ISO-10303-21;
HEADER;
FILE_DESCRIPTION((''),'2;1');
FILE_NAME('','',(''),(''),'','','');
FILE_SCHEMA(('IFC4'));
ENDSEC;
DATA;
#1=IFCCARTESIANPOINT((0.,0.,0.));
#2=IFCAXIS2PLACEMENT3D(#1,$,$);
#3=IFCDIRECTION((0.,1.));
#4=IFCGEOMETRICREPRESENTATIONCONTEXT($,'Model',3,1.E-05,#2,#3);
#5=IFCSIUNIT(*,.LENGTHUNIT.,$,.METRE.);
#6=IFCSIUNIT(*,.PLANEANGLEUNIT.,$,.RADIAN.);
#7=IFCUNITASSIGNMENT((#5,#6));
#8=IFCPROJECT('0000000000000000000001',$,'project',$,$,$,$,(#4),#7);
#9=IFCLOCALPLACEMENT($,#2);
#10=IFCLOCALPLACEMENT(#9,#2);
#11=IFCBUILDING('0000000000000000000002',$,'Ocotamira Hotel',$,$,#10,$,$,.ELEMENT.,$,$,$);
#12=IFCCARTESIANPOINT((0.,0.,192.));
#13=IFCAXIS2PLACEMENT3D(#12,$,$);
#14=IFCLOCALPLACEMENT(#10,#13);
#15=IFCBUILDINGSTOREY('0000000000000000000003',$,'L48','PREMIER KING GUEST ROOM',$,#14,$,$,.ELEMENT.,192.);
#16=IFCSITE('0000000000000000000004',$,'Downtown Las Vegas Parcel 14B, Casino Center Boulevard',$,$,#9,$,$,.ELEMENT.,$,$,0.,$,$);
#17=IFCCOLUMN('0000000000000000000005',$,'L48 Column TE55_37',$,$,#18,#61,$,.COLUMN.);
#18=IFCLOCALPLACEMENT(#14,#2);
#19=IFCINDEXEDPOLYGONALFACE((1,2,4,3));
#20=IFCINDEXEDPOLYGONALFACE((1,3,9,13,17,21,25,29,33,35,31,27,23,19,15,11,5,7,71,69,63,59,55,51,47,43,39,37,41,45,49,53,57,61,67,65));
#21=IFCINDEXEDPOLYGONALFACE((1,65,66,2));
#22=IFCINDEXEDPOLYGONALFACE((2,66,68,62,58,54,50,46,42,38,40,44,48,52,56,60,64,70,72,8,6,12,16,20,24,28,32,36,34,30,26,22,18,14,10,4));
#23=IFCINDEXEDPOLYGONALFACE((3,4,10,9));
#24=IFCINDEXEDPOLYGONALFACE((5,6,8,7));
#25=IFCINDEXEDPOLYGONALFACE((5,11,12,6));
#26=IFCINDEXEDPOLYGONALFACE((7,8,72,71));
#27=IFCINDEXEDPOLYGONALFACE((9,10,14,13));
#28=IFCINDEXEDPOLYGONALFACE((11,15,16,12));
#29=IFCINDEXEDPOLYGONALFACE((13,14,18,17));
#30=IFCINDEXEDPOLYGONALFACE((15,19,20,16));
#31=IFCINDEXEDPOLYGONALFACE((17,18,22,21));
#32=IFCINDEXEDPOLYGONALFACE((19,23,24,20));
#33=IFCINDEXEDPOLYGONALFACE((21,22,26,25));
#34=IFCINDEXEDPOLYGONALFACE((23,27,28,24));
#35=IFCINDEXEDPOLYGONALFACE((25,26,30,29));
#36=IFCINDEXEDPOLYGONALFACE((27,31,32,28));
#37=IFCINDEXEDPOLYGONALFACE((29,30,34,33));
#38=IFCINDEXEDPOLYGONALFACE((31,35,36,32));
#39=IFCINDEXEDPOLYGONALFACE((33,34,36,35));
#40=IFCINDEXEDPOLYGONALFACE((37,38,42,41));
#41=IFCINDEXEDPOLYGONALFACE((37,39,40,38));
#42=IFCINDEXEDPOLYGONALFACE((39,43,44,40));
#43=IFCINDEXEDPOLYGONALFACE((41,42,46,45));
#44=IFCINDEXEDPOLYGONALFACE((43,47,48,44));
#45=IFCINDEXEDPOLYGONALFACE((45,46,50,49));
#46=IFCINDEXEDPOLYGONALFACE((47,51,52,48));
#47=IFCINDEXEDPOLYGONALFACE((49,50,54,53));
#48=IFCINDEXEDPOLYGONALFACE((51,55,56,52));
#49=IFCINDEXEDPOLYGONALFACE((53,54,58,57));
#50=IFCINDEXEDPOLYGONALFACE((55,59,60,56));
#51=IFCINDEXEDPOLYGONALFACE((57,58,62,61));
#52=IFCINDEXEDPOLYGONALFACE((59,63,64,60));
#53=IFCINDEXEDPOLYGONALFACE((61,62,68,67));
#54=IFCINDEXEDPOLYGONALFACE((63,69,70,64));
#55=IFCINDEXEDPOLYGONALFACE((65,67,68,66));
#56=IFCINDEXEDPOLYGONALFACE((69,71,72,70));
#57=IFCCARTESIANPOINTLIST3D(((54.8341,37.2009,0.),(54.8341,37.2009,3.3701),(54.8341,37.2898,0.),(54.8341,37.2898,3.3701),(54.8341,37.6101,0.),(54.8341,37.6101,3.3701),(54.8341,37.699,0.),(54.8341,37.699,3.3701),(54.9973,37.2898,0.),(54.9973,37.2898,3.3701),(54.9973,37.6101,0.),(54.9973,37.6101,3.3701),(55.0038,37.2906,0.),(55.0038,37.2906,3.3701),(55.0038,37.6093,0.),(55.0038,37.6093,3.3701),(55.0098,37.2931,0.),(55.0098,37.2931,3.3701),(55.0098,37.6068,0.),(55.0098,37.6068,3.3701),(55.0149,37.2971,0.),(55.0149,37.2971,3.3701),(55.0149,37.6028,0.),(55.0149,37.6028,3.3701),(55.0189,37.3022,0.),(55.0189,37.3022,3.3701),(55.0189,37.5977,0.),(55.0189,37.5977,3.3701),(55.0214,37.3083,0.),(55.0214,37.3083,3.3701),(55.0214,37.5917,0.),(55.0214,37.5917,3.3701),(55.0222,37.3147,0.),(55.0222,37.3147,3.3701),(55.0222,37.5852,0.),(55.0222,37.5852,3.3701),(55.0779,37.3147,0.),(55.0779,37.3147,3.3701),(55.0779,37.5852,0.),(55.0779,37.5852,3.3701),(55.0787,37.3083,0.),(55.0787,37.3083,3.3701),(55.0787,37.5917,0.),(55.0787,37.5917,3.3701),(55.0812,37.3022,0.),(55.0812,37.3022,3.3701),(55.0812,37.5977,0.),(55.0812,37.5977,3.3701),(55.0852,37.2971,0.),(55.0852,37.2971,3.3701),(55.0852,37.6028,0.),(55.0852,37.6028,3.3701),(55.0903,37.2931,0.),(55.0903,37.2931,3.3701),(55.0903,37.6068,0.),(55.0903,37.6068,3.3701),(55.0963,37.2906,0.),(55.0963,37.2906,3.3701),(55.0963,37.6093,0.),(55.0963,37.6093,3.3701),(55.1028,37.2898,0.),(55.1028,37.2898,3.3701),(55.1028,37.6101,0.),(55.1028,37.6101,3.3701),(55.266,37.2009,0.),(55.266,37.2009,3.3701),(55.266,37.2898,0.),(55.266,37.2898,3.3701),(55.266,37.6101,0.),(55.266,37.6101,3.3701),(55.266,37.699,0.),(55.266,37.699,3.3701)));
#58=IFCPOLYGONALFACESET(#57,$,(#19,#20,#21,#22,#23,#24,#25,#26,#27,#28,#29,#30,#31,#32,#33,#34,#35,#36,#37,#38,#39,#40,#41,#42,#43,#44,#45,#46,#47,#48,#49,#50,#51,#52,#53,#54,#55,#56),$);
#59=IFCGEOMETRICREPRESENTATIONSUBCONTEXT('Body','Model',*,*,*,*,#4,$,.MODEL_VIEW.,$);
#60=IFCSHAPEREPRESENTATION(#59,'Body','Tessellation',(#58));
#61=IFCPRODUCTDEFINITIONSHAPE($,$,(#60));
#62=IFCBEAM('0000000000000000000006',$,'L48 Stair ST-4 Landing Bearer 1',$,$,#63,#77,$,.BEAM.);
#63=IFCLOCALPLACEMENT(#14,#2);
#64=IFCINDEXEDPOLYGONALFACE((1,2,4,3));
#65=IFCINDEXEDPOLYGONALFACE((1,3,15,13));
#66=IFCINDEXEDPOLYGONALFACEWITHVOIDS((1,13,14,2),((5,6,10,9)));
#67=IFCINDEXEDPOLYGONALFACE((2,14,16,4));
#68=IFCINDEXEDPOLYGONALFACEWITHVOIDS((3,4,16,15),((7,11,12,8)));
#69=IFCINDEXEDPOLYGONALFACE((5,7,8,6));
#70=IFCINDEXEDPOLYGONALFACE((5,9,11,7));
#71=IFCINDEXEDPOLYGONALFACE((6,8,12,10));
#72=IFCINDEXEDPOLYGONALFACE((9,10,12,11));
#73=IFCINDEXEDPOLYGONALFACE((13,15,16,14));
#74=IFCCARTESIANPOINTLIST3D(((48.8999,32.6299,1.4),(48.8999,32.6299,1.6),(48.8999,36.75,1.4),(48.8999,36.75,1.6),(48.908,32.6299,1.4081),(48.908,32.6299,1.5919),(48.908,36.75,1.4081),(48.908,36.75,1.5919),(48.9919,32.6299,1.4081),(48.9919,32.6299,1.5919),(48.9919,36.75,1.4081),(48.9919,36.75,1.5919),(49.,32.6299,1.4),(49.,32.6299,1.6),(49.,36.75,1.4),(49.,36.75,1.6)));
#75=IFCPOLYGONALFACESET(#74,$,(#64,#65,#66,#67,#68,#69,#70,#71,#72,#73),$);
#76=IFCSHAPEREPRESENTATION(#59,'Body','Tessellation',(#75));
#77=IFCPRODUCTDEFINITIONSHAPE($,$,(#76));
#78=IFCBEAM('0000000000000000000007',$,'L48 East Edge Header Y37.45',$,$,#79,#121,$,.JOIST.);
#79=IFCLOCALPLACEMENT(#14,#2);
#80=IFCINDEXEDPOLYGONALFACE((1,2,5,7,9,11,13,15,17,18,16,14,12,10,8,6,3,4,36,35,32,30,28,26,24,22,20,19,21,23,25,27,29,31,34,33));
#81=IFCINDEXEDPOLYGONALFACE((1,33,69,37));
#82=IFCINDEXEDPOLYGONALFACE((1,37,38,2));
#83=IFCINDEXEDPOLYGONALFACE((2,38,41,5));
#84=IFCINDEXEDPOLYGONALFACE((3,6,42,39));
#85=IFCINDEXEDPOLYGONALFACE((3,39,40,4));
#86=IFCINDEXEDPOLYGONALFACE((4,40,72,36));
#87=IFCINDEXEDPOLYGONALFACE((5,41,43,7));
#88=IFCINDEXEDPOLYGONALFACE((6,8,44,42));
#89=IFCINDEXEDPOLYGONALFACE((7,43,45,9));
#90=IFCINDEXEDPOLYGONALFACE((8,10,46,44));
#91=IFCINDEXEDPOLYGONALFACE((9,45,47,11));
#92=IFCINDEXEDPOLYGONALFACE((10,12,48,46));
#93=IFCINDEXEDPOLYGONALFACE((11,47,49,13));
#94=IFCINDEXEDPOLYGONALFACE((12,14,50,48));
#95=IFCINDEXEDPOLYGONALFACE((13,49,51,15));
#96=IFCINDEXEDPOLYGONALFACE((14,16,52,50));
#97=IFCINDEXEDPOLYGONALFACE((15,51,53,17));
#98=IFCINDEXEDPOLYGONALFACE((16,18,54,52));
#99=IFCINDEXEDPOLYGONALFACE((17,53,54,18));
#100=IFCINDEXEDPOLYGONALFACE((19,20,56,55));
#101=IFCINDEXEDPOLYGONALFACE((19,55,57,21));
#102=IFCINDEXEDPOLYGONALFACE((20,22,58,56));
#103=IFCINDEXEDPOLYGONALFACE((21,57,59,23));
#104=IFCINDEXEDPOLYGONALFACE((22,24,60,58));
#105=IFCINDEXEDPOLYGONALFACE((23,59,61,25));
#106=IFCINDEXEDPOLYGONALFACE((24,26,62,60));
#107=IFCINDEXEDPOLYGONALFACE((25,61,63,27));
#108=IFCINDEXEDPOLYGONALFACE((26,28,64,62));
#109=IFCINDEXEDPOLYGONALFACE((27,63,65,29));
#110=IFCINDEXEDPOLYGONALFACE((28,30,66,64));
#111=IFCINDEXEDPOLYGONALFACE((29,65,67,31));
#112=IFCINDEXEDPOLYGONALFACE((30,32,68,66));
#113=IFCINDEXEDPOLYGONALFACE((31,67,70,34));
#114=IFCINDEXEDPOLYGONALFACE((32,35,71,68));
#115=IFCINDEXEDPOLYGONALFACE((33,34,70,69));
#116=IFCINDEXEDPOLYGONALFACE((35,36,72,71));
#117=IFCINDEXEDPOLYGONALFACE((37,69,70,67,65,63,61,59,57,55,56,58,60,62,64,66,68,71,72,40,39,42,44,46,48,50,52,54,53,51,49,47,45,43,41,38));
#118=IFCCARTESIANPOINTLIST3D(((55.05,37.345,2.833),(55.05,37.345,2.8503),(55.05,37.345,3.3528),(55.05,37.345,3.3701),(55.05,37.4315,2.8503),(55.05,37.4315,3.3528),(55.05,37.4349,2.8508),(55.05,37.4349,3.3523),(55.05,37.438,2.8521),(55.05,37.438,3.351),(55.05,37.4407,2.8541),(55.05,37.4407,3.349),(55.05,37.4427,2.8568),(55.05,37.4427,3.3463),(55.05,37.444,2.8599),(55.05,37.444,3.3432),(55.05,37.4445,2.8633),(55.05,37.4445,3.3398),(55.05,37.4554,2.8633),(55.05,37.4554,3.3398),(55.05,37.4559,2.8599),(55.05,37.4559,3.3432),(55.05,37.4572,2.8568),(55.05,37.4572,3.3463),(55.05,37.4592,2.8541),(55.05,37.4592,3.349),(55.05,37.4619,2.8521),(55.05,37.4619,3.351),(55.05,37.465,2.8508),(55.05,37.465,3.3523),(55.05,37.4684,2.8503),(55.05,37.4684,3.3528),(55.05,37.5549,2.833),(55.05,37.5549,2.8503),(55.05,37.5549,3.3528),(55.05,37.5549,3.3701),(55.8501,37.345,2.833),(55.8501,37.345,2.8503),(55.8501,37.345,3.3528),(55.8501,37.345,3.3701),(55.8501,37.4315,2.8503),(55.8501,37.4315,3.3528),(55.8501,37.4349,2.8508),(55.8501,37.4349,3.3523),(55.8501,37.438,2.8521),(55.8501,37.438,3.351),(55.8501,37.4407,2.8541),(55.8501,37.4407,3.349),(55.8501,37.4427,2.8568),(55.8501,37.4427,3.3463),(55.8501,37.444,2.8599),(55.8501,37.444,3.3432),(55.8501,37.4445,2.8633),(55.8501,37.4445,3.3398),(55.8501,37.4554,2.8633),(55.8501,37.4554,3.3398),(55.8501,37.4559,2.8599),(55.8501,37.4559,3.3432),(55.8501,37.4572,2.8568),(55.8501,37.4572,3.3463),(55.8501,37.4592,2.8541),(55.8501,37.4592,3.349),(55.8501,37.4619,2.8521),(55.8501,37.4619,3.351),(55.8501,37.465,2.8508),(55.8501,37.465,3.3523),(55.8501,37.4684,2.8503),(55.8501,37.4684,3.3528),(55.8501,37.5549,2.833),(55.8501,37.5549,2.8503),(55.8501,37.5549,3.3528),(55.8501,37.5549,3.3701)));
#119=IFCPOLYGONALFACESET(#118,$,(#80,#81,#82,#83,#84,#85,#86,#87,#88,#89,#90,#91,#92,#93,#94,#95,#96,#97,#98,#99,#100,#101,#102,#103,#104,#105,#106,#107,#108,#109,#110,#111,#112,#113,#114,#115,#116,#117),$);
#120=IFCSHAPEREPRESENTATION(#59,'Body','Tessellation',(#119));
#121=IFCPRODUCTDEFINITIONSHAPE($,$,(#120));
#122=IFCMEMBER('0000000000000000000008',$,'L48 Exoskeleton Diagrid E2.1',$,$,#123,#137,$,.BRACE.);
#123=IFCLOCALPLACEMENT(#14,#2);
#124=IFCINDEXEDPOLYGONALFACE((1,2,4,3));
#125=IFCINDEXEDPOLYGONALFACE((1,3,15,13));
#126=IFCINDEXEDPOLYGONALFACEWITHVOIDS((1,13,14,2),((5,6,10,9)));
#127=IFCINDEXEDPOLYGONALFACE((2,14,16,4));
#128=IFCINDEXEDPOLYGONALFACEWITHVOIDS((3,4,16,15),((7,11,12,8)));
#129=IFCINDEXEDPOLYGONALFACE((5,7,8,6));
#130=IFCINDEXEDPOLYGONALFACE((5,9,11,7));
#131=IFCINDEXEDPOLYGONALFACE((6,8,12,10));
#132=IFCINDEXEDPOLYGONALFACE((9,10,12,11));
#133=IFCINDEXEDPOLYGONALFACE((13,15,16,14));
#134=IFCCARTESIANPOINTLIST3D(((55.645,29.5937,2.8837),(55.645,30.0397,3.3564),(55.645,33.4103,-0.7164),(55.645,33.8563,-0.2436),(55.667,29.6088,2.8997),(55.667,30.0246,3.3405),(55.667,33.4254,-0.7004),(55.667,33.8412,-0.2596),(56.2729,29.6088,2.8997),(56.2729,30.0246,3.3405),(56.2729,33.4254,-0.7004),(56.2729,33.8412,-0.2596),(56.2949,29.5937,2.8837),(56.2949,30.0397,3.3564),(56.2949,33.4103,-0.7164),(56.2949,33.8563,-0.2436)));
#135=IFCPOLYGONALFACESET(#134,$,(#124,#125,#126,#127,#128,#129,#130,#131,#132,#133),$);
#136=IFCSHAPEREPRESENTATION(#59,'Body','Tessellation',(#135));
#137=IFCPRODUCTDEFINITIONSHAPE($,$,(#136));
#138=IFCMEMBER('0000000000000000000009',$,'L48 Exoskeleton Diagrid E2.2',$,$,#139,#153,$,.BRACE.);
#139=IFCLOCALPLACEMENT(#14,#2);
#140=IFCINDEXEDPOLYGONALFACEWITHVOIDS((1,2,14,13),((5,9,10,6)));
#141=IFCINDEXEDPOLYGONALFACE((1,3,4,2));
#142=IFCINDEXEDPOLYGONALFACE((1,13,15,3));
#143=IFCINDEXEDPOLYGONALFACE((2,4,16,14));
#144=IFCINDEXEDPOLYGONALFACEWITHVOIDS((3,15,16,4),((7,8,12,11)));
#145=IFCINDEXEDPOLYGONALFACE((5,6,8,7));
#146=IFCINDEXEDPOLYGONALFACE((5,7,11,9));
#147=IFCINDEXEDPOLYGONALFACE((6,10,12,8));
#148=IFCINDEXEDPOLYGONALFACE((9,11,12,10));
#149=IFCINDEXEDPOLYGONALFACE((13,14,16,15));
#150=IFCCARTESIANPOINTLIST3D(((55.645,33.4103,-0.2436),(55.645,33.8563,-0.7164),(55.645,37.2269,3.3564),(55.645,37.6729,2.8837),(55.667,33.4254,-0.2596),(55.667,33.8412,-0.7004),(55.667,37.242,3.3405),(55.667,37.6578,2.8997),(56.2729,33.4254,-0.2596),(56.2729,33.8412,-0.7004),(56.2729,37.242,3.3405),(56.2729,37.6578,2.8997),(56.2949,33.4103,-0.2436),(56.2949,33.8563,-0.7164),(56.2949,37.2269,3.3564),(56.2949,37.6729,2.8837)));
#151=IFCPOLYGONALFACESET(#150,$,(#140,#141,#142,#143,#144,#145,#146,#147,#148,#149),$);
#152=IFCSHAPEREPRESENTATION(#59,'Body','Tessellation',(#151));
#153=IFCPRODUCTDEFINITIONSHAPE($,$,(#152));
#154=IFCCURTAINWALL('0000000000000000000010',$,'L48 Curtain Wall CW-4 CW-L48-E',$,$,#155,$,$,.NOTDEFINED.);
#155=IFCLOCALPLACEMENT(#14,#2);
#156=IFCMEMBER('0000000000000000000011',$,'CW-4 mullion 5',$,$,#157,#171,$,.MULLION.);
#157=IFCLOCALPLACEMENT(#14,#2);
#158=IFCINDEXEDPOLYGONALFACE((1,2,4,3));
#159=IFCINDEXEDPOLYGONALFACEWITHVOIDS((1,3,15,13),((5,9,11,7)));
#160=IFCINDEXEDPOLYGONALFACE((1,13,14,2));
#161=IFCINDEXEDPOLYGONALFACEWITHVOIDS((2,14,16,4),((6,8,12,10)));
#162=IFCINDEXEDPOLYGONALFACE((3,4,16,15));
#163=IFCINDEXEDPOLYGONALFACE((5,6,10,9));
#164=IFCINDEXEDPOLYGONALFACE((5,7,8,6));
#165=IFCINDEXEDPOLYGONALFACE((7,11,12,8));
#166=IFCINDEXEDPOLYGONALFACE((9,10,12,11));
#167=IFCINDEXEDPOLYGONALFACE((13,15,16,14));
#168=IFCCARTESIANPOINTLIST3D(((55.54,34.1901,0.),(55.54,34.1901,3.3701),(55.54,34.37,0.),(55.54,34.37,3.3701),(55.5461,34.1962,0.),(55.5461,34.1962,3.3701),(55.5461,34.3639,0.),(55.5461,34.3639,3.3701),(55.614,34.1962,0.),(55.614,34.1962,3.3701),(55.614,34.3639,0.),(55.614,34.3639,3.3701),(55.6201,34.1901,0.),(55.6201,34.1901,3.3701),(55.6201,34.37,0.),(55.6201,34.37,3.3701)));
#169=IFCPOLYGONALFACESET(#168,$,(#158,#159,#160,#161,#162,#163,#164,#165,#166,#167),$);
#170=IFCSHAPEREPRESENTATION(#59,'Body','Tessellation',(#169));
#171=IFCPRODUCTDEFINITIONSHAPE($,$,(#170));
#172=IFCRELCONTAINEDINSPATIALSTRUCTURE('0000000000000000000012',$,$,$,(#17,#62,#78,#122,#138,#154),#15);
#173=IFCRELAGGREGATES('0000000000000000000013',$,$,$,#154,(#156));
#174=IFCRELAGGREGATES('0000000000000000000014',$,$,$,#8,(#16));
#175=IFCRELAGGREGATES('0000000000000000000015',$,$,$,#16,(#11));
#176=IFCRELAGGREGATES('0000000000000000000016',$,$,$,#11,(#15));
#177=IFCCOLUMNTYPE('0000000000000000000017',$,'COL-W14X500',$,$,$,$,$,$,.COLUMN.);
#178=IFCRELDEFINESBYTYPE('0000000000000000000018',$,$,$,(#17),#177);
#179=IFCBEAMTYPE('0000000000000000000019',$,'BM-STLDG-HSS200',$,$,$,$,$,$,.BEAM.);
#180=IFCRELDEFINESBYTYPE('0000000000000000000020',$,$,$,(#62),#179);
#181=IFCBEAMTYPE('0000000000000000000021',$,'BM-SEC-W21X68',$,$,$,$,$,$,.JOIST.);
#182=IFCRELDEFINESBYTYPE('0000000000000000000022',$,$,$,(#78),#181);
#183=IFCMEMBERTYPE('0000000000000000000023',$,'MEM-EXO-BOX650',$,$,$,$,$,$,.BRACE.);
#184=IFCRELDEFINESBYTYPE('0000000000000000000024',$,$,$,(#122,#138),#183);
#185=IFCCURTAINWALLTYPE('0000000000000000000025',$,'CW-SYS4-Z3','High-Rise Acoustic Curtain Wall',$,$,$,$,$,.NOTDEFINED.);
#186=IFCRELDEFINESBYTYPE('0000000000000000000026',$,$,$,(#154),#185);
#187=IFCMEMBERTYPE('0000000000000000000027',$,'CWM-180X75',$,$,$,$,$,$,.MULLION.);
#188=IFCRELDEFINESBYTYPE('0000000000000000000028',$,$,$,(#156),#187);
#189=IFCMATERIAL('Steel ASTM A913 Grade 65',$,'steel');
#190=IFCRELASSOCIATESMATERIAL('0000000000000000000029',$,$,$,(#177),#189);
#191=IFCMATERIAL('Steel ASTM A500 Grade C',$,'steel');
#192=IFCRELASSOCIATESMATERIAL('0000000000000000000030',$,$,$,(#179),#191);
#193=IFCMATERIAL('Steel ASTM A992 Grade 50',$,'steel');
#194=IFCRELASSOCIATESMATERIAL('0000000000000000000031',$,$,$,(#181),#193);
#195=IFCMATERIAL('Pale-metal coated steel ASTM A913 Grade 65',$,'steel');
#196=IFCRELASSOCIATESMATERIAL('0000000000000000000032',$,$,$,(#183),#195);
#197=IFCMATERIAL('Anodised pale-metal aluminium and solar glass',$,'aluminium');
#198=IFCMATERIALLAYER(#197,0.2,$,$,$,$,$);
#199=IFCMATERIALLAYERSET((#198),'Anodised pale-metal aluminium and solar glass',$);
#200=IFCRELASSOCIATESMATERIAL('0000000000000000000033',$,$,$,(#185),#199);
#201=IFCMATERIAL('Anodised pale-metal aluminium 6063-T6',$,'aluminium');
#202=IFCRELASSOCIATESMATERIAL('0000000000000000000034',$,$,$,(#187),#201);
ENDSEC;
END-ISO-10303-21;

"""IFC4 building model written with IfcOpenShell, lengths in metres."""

from ifc_helpers import new_model, si_unit, direction, frame, origin, origin_2d, place, context, subcontext, project, spatial, hollow_rectangle, i_section, extrude, source, transform, mapped, material, layer, layer_set, material_profile, profile_set, type_object, element, aggregate, save


model = new_model("IFC4")

# Units and contexts
model_context = context("Model", 3, precision=1e-05, world=origin(), true_north=direction((0.0, 1.0)))
body_context = subcontext(model_context, "Body", "Model", "MODEL_VIEW")
ifc_project = project(units=[si_unit("LENGTHUNIT", "METRE"), si_unit("PLANEANGLEUNIT", "RADIAN")], contexts=[model_context])

# Site, building, storey
site_placement = place(None, origin())
site = spatial("IfcSite", under=ifc_project, at=site_placement, Name="Downtown Las Vegas Parcel 14B, Casino Center Boulevard", CompositionType="ELEMENT", RefElevation=0.0)
building_placement = place(site_placement, origin())
building = spatial("IfcBuilding", under=site, at=building_placement, Name="Ocotamira Hotel", CompositionType="ELEMENT")
storey_placement = place(building_placement, frame((0.0, 0.0, 192.0)))
storey = spatial("IfcBuildingStorey", under=building, at=storey_placement, Name="L48", Description="PREMIER KING GUEST ROOM", CompositionType="ELEMENT", Elevation=192.0)

# Column
ifc_material_1 = material(Name="Steel ASTM A913 Grade 65", Category="steel")
ifc_material_profile_1 = material_profile(ifc_material_1, i_section(OverallWidth=0.4319, OverallDepth=0.498, WebThickness=0.0557, FlangeThickness=0.0889, FilletRadius=0.0249, at=origin_2d()), Name="W14X500")
ifc_profile_set_1 = profile_set([ifc_material_profile_1], Name="Steel ASTM A913 Grade 65")
column_type = type_object("IfcColumnType", Name="COL-W14X500", PredefinedType="COLUMN", material=ifc_profile_set_1)
shared_shape_1 = source(origin(), body_context, "Body", "SweptSolid", [
    extrude(i_section(OverallWidth=0.4319, OverallDepth=0.498, WebThickness=0.0557, FlangeThickness=0.0889, FilletRadius=0.0249, at=origin_2d()), origin(), (0.0, 0.0, 1.0), 3.3701),
])
column_placement = place(storey_placement, frame((55.05, 37.45, 0.0), z_axis=(0.0, 0.0, 1.0), x_axis=(1.0, 0.0, 0.0)))
element("IfcColumn", 1, at=column_placement, inside=storey, type_object=column_type, Name="L48 Column TE55_37", PredefinedType="COLUMN", context=body_context, shape_type="MappedRepresentation", body=[
    mapped(shared_shape_1, transform((0.0, 0.0, 0.0), scale=1.0)),
])

# Beams
ifc_material_2 = material(Name="Steel ASTM A500 Grade C", Category="steel")
ifc_material_profile_2 = material_profile(ifc_material_2, hollow_rectangle(XDim=0.1001, YDim=0.2, WallThickness=0.0081, at=origin_2d()), Name="HSS200X100X8")
ifc_profile_set_2 = profile_set([ifc_material_profile_2], Name="Steel ASTM A500 Grade C")
beam_type_1 = type_object("IfcBeamType", Name="BM-STLDG-HSS200", PredefinedType="BEAM", material=ifc_profile_set_2)
shared_shape_2 = source(origin(), body_context, "Body", "SweptSolid", [
    extrude(hollow_rectangle(XDim=0.1001, YDim=0.2, WallThickness=0.0081, at=origin_2d()), origin(), (0.0, 0.0, 1.0), 4.1201),
])
beam_1_placement = place(storey_placement, frame((48.95, 32.6299, 1.5), z_axis=(0.0, 1.0, 0.0), x_axis=(-1.0, 0.0, 0.0)))
element("IfcBeam", 2, at=beam_1_placement, inside=storey, type_object=beam_type_1, Name="L48 Stair ST-4 Landing Bearer 1", PredefinedType="BEAM", context=body_context, shape_type="MappedRepresentation", body=[
    mapped(shared_shape_2, transform((0.0, 0.0, 0.0), scale=1.0)),
])
ifc_material_3 = material(Name="Steel ASTM A992 Grade 50", Category="steel")
ifc_material_profile_3 = material_profile(ifc_material_3, i_section(OverallWidth=0.21, OverallDepth=0.5371, WebThickness=0.011, FlangeThickness=0.0173, FilletRadius=0.0129, at=origin_2d()), Name="W21X68")
ifc_profile_set_3 = profile_set([ifc_material_profile_3], Name="Steel ASTM A992 Grade 50")
beam_type_2 = type_object("IfcBeamType", Name="BM-SEC-W21X68", PredefinedType="JOIST", material=ifc_profile_set_3)
shared_shape_3 = source(origin(), body_context, "Body", "SweptSolid", [
    extrude(i_section(OverallWidth=0.21, OverallDepth=0.5371, WebThickness=0.011, FlangeThickness=0.0173, FilletRadius=0.0129, at=origin_2d()), origin(), (0.0, 0.0, 1.0), 0.8),
])
beam_2_placement = place(storey_placement, frame((55.05, 37.45, 3.1016), z_axis=(1.0, 0.0, 0.0), x_axis=(0.0, 1.0, 0.0)))
element("IfcBeam", 3, at=beam_2_placement, inside=storey, type_object=beam_type_2, Name="L48 East Edge Header Y37.45", PredefinedType="JOIST", context=body_context, shape_type="MappedRepresentation", body=[
    mapped(shared_shape_3, transform((0.0, 0.0, 0.0), scale=1.0)),
])

# Members
ifc_material_4 = material(Name="Pale-metal coated steel ASTM A913 Grade 65", Category="steel")
ifc_material_profile_4 = material_profile(ifc_material_4, hollow_rectangle(XDim=0.6499, YDim=0.6499, WallThickness=0.022, at=origin_2d()), Name="BOX650X650X22")
ifc_profile_set_4 = profile_set([ifc_material_profile_4], Name="Pale-metal coated steel ASTM A913 Grade 65")
member_type_1 = type_object("IfcMemberType", Name="MEM-EXO-BOX650", PredefinedType="BRACE", material=ifc_profile_set_4)
shared_shape_4 = source(origin(), body_context, "Body", "SweptSolid", [
    extrude(hollow_rectangle(XDim=0.6499, YDim=0.6499, WallThickness=0.022, at=origin_2d()), origin(), (0.0, 0.0, 1.0), 5.2466),
])
for number, where, z_axis, x_axis, name in (
    (4, (55.97, 33.6333, -0.48), (0.0, -0.727443, 0.686168), (1.0, 0.0, 0.0), "L48 Exoskeleton Diagrid E2.1"),
    (5, (55.97, 33.6333, -0.48), (0.0, 0.727443, 0.686168), (-1.0, 0.0, 0.0), "L48 Exoskeleton Diagrid E2.2"),
):
    element("IfcMember", number, at=place(storey_placement, frame(where, z_axis=z_axis, x_axis=x_axis)), inside=storey, type_object=member_type_1, Name=name, PredefinedType="BRACE", context=body_context, shape_type="MappedRepresentation", body=[
        mapped(shared_shape_4, transform((0.0, 0.0, 0.0), scale=1.0)),
    ])

# Curtain wall, member
ifc_material_5 = material(Name="Anodised pale-metal aluminium and solar glass", Category="aluminium")
ifc_layer_1 = layer(ifc_material_5, 0.2)
ifc_layer_set_1 = layer_set([ifc_layer_1], Name="Anodised pale-metal aluminium and solar glass")
curtain_wall_type = type_object("IfcCurtainWallType", Name="CW-SYS4-Z3", Description="High-Rise Acoustic Curtain Wall", PredefinedType="NOTDEFINED", material=ifc_layer_set_1)
curtain_wall_placement = place(storey_placement, origin())
curtain_wall = element("IfcCurtainWall", 6, at=curtain_wall_placement, inside=storey, type_object=curtain_wall_type, Name="L48 Curtain Wall CW-4 CW-L48-E", PredefinedType="NOTDEFINED")
ifc_material_6 = material(Name="Anodised pale-metal aluminium 6063-T6", Category="aluminium")
ifc_material_profile_5 = material_profile(ifc_material_6, hollow_rectangle(XDim=0.0801, YDim=0.1799, WallThickness=0.0061, at=origin_2d()), Name="HSS180X80X6")
ifc_profile_set_5 = profile_set([ifc_material_profile_5], Name="Anodised pale-metal aluminium 6063-T6")
member_type_2 = type_object("IfcMemberType", Name="CWM-180X75", PredefinedType="MULLION", material=ifc_profile_set_5)
shared_shape_5 = source(origin(), body_context, "Body", "SweptSolid", [
    extrude(hollow_rectangle(XDim=0.0801, YDim=0.1799, WallThickness=0.0061, at=origin_2d()), origin(), (0.0, 0.0, 1.0), 3.3701),
])
member_1_placement = place(storey_placement, frame((55.5801, 34.28, 0.0), z_axis=(0.0, 0.0, 1.0), x_axis=(-1.0, 0.0, 0.0)))
member_1 = element("IfcMember", 7, at=member_1_placement, type_object=member_type_2, Name="CW-4 mullion 5", PredefinedType="MULLION", context=body_context, shape_type="MappedRepresentation", body=[
    mapped(shared_shape_5, transform((0.0, 0.0, 0.0), scale=1.0)),
])

aggregate(curtain_wall, [member_1])

save(model, "model.ifc")
